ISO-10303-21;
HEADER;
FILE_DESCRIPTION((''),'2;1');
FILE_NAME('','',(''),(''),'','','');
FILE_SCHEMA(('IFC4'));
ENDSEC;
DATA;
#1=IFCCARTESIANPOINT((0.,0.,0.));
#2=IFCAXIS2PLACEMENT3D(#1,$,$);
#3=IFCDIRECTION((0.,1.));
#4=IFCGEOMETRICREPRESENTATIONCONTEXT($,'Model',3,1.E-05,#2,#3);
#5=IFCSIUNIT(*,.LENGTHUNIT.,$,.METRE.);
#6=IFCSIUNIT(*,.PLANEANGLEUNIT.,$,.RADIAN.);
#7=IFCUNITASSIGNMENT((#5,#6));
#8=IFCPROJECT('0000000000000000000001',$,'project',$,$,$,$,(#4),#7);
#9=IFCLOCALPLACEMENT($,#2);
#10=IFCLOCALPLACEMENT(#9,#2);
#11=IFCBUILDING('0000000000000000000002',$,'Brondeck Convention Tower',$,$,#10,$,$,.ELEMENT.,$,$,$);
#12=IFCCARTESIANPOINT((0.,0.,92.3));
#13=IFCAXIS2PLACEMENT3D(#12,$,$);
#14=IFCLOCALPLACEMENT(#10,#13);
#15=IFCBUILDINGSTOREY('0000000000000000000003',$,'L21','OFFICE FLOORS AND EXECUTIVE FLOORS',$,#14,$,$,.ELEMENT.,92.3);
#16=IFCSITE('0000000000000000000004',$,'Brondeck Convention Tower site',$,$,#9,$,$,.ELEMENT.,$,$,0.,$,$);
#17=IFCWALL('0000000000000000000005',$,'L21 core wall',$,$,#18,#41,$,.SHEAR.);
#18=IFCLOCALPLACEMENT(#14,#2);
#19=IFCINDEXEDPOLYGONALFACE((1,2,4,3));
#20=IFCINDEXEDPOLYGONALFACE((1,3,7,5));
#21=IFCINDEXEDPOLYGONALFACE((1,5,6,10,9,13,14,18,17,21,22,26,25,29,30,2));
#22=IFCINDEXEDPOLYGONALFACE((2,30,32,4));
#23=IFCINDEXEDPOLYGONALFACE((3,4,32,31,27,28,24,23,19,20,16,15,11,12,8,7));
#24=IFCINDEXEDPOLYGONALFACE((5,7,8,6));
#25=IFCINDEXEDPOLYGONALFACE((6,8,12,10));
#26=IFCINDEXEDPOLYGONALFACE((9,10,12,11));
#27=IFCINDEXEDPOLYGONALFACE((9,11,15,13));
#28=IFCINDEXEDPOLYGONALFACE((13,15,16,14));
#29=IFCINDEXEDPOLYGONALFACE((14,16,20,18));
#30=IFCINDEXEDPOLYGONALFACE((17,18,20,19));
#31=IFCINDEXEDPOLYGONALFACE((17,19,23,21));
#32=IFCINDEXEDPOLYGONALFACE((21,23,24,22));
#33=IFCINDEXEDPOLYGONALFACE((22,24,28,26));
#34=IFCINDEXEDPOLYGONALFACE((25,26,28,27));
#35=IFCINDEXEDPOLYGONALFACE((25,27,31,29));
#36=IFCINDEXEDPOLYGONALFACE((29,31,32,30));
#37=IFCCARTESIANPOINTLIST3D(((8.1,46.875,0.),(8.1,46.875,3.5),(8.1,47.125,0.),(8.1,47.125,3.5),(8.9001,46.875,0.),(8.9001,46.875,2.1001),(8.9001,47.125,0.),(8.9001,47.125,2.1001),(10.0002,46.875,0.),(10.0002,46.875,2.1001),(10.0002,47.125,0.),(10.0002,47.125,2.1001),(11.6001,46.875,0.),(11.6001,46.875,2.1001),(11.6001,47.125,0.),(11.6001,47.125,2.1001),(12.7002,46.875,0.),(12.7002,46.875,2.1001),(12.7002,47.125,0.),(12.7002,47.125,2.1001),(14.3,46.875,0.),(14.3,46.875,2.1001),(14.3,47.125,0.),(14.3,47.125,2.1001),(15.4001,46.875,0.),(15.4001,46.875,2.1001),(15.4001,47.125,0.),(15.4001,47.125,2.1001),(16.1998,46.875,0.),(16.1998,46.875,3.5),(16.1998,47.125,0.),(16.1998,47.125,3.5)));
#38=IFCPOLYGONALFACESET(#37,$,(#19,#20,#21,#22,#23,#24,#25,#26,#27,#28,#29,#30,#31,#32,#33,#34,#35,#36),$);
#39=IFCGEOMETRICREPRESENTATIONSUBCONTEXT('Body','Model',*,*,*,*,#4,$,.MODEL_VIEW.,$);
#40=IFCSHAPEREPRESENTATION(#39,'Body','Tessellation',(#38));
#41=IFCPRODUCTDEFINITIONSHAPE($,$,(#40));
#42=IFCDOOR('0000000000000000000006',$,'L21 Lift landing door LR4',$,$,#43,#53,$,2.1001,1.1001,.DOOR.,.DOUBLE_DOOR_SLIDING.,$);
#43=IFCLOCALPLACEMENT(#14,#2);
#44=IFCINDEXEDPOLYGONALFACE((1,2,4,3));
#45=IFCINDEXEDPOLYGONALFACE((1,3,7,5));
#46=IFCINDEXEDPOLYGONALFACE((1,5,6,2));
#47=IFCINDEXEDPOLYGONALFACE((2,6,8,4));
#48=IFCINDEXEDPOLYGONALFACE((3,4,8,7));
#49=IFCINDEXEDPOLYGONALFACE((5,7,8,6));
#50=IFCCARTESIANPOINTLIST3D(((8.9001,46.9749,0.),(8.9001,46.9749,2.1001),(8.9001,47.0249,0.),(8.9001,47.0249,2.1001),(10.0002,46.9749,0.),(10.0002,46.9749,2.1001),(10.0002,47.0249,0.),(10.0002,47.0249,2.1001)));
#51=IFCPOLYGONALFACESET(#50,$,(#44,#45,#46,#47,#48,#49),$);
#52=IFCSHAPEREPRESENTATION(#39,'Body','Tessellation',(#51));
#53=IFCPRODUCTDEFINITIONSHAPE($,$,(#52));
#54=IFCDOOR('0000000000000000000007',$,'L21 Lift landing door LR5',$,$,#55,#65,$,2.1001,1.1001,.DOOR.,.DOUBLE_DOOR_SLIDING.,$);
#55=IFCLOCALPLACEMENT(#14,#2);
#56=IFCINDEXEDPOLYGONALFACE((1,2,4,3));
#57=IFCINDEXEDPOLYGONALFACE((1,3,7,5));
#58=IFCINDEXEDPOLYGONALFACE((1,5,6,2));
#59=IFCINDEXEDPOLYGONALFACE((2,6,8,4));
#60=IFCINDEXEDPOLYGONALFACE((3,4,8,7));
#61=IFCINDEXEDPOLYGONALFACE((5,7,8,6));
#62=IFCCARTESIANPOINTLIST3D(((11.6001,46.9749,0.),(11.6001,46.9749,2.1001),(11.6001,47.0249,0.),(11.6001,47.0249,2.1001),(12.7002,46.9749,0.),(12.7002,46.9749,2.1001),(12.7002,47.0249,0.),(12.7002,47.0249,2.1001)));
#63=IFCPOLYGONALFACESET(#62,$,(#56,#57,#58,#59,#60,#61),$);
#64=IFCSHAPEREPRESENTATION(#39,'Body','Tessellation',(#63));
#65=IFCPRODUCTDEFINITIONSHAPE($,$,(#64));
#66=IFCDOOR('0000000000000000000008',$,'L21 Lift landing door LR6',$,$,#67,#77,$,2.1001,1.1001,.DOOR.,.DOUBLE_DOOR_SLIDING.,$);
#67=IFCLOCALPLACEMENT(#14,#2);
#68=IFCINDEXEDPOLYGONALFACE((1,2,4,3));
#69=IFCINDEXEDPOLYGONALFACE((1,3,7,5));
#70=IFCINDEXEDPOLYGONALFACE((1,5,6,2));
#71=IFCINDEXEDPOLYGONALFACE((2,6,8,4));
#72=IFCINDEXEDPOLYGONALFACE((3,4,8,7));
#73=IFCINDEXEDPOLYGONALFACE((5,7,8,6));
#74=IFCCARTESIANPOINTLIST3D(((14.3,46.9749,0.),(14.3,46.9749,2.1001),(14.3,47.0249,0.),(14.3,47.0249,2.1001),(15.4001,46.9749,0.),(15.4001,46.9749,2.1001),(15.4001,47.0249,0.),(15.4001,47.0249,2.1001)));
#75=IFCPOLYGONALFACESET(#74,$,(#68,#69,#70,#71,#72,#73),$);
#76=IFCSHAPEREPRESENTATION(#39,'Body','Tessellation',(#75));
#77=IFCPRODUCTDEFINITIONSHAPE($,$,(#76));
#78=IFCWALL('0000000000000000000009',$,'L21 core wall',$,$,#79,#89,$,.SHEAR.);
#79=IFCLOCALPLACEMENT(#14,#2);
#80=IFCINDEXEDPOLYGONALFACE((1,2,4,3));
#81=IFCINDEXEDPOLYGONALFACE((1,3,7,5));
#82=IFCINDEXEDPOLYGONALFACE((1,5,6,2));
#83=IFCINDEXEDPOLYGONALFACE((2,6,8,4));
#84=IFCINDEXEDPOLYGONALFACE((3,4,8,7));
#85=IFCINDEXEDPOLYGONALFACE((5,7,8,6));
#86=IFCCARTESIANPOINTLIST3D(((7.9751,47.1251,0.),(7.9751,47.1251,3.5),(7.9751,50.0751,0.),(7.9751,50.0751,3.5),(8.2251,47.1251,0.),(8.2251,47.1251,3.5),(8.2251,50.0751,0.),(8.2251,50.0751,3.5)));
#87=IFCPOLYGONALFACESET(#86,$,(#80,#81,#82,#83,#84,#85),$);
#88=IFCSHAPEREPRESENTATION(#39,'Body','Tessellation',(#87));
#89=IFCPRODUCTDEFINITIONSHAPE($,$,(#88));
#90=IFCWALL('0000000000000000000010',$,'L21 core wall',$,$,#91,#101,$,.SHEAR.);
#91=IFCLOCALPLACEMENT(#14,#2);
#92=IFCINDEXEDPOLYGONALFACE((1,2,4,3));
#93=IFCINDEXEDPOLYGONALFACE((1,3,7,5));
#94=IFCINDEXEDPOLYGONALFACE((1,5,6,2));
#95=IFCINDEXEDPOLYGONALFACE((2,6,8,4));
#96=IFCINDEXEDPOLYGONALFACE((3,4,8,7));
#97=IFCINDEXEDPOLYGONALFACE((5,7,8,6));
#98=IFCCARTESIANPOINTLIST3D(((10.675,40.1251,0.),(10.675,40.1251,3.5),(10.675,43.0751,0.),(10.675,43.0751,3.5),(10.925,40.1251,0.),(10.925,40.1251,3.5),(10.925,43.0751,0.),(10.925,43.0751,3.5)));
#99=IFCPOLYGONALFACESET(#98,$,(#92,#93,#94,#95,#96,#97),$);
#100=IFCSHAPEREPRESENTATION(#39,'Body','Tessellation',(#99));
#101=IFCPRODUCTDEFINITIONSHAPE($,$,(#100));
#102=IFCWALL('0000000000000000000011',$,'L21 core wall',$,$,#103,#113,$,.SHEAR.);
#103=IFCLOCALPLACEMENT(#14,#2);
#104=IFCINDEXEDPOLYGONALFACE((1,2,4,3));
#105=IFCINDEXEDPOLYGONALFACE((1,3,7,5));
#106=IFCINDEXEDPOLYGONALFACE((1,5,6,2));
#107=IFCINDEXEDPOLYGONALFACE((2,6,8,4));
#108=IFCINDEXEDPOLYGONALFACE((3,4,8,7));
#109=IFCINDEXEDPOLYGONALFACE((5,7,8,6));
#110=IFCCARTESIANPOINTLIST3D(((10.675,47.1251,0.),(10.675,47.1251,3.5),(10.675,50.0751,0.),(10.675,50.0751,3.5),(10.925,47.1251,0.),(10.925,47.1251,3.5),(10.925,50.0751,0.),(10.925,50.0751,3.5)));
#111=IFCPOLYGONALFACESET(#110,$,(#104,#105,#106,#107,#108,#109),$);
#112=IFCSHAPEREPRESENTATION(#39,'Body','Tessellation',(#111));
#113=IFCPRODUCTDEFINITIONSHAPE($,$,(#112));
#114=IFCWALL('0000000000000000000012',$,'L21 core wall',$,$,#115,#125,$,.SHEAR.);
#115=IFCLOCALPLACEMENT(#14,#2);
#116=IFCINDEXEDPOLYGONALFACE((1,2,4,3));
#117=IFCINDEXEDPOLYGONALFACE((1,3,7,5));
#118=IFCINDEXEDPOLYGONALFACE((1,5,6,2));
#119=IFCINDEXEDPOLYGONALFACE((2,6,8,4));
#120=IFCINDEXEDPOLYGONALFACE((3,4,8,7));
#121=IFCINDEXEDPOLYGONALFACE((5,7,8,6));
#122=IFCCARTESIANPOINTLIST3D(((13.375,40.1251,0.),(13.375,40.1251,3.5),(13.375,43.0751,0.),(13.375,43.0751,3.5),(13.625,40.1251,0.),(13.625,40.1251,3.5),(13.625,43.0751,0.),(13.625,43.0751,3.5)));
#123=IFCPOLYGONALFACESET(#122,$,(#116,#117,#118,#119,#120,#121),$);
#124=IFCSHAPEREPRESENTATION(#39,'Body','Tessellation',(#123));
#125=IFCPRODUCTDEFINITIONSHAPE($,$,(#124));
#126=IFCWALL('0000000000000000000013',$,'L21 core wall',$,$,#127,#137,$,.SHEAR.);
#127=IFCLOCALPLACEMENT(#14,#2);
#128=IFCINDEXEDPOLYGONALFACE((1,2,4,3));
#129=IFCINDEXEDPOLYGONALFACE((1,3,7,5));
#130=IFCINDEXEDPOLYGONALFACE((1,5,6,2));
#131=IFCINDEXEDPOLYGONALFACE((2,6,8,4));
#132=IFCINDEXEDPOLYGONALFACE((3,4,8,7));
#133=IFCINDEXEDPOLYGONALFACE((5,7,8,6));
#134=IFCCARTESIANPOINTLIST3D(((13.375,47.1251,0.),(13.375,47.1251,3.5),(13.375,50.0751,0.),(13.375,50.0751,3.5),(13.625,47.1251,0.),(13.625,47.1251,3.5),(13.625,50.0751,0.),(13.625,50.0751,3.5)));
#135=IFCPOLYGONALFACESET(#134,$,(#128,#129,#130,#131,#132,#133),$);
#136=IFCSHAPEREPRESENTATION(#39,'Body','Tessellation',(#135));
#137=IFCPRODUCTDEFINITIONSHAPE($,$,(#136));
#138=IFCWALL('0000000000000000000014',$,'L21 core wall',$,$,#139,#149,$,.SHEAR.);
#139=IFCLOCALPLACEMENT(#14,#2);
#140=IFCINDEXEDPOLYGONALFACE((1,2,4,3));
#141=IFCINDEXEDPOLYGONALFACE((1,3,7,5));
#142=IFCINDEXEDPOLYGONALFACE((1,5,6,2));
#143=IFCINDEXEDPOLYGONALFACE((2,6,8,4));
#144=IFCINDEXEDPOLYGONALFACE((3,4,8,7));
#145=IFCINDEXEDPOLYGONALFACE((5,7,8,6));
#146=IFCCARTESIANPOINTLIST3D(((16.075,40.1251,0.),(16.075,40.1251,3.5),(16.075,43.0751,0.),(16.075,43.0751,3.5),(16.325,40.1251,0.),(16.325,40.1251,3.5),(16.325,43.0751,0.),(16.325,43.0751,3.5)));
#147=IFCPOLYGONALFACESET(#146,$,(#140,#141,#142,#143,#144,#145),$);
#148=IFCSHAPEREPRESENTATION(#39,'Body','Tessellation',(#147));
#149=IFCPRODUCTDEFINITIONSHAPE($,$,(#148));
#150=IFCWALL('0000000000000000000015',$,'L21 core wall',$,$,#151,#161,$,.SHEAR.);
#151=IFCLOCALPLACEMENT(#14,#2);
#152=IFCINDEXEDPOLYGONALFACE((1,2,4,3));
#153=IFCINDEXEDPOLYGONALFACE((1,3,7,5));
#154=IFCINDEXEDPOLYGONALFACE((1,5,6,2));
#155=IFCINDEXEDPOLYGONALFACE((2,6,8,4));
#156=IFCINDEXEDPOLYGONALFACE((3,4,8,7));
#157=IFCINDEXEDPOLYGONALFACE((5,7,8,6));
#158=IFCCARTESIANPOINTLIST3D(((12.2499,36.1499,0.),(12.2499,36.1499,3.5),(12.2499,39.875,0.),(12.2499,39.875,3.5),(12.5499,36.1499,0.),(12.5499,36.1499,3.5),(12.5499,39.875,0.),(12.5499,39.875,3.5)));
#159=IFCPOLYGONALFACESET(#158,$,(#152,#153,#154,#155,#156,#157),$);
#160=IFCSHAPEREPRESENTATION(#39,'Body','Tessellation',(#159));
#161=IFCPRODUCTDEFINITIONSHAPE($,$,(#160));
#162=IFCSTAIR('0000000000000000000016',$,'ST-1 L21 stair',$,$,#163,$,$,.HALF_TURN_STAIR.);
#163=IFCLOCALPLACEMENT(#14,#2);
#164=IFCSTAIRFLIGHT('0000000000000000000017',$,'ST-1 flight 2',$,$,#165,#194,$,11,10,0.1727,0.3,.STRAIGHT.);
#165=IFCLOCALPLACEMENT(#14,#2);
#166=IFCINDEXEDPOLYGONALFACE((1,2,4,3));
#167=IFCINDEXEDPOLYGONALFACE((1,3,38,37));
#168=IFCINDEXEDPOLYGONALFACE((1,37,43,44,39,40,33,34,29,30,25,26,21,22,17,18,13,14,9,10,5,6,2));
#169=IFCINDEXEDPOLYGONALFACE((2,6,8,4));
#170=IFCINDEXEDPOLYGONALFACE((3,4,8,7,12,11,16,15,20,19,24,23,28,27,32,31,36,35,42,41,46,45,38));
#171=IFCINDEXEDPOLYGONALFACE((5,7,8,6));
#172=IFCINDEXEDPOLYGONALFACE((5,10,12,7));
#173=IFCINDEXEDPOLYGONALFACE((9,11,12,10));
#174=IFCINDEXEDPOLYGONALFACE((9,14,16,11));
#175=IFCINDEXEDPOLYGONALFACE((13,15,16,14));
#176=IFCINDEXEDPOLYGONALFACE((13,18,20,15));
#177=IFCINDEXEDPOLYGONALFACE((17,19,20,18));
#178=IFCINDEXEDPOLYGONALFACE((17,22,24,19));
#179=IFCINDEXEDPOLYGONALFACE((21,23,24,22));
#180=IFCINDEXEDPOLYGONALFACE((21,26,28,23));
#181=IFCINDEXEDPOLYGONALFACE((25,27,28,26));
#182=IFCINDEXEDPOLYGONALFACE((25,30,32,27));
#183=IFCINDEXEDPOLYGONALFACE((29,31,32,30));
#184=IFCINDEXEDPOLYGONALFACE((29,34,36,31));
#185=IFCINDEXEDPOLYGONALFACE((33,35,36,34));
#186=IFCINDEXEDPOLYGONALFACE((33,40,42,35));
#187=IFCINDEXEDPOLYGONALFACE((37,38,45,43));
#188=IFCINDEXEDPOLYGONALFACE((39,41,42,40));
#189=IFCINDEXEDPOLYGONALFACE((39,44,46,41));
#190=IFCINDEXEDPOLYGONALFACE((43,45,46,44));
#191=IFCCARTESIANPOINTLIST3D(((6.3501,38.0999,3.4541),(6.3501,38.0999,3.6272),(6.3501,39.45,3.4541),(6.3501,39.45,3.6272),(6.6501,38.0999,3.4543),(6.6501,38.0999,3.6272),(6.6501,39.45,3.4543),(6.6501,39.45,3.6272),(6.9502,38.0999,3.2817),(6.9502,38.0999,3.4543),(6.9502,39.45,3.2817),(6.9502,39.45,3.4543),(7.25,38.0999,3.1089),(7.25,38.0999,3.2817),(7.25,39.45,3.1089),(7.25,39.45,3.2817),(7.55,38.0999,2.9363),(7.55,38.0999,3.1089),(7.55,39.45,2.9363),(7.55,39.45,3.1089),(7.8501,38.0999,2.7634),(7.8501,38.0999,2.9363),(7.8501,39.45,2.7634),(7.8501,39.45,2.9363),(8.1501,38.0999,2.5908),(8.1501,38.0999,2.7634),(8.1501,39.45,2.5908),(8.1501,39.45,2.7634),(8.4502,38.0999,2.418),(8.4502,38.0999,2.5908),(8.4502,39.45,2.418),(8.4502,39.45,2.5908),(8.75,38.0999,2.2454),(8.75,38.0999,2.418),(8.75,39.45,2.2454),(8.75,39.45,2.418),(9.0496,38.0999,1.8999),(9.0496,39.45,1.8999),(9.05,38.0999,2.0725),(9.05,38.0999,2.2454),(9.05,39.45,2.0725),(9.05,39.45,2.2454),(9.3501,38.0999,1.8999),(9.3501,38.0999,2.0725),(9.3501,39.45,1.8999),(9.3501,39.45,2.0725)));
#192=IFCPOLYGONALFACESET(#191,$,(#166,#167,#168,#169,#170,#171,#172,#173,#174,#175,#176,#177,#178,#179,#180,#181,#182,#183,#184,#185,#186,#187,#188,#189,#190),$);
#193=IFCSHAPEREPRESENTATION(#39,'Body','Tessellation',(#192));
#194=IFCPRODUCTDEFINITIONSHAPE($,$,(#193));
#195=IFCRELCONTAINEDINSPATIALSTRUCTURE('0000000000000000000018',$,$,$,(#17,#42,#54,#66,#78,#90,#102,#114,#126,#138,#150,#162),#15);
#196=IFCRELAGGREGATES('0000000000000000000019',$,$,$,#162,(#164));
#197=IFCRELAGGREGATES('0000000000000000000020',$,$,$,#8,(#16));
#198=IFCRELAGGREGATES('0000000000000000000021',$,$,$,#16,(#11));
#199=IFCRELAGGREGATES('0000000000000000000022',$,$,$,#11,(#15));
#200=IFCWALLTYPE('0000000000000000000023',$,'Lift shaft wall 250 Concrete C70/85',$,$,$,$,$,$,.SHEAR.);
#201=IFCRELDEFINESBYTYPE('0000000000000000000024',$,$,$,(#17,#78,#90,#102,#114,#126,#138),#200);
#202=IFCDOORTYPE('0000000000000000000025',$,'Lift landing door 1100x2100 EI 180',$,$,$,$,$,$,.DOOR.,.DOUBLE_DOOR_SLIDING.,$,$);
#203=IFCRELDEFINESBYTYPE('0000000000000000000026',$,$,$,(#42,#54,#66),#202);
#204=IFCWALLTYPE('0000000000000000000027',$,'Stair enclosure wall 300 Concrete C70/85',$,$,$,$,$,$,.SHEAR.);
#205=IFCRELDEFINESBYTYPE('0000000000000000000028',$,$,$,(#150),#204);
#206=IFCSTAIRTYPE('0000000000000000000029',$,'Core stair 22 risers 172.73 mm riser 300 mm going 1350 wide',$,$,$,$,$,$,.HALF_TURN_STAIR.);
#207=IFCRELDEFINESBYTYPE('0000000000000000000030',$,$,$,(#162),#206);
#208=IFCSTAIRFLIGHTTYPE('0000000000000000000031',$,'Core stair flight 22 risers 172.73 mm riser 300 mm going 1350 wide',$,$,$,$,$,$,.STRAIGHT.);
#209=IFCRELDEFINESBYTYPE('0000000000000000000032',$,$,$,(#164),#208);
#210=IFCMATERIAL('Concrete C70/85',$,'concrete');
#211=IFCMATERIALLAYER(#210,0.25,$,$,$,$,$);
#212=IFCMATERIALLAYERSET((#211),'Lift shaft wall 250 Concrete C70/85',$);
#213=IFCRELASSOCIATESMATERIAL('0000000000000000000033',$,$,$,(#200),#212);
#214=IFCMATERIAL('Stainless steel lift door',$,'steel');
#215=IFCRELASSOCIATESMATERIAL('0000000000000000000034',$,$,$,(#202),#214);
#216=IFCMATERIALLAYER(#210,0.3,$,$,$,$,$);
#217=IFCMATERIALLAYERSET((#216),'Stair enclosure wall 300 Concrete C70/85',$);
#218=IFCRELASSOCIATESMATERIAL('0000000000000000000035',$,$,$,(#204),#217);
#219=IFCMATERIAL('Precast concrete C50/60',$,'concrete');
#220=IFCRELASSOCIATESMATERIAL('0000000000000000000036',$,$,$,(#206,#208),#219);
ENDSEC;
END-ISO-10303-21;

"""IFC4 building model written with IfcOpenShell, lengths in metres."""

from ifc_helpers import new_model, si_unit, direction, frame, frame_2d, origin, place, context, subcontext, project, spatial, polyline, rectangle, outline, extrude, material, layer, layer_set, type_object, element, fill, aggregate, save


model = new_model("IFC4")

# Units and contexts
model_context = context("Model", 3, precision=1e-05, world=origin(), true_north=direction((0.0, 1.0)))
body_context = subcontext(model_context, "Body", "Model", "MODEL_VIEW")
ifc_project = project(units=[si_unit("LENGTHUNIT", "METRE"), si_unit("PLANEANGLEUNIT", "RADIAN")], contexts=[model_context])

# Site, building, storey
site_placement = place(None, origin())
site = spatial("IfcSite", under=ifc_project, at=site_placement, Name="Brondeck Convention Tower site", CompositionType="ELEMENT", RefElevation=0.0)
building_placement = place(site_placement, origin())
building = spatial("IfcBuilding", under=site, at=building_placement, Name="Brondeck Convention Tower", CompositionType="ELEMENT")
storey_placement = place(building_placement, frame((0.0, 0.0, 92.3)))
storey = spatial("IfcBuildingStorey", under=building, at=storey_placement, Name="L21", Description="OFFICE FLOORS AND EXECUTIVE FLOORS", CompositionType="ELEMENT", Elevation=92.3)

# Shared definitions
ifc_material_1 = material(Name="Concrete C70/85", Category="concrete")

# Wall, openings, doors
ifc_layer_1 = layer(ifc_material_1, 0.25)
ifc_layer_set_1 = layer_set([ifc_layer_1], Name="Lift shaft wall 250 Concrete C70/85")
wall_type_1 = type_object("IfcWallType", Name="Lift shaft wall 250 Concrete C70/85", PredefinedType="SHEAR", material=ifc_layer_set_1)
wall_1_placement = place(storey_placement, frame((8.1001, 47.0, 0.0), z_axis=(0.0, 0.0, 1.0), x_axis=(1.0, 0.0, 0.0)))
wall_1 = element("IfcWall", 1, at=wall_1_placement, inside=storey, type_object=wall_type_1, Name="L21 core wall", PredefinedType="SHEAR", context=body_context, shape_type="SweptSolid", body=[
    extrude(rectangle(XDim=8.0999, YDim=0.25, at=frame_2d((4.0498, 0.0))), origin(), (0.0, 0.0, 1.0), 3.5),
])
opening_1_placement = place(wall_1_placement, frame((0.8, 0.0, 0.0)))
opening_1 = element("IfcOpeningElement", 2, at=opening_1_placement, cuts=wall_1, PredefinedType="OPENING", context=body_context, shape_type="SweptSolid", body=[
    extrude(rectangle(XDim=1.1001, YDim=2.1001, at=frame_2d((0.55, 1.05))), frame((0.0, 0.135, 0.0), z_axis=(0.0, -1.0, 0.0), x_axis=(1.0, 0.0, 0.0)), (0.0, 0.0, 1.0), 0.27),
])
opening_2_placement = place(wall_1_placement, frame((3.5, 0.0, 0.0)))
opening_2 = element("IfcOpeningElement", 3, at=opening_2_placement, cuts=wall_1, PredefinedType="OPENING", context=body_context, shape_type="SweptSolid", body=[
    extrude(rectangle(XDim=1.1001, YDim=2.1001, at=frame_2d((0.55, 1.05))), frame((0.0, 0.135, 0.0), z_axis=(0.0, -1.0, 0.0), x_axis=(1.0, 0.0, 0.0)), (0.0, 0.0, 1.0), 0.27),
])
opening_3_placement = place(wall_1_placement, frame((6.2, 0.0, 0.0)))
opening_3 = element("IfcOpeningElement", 4, at=opening_3_placement, cuts=wall_1, PredefinedType="OPENING", context=body_context, shape_type="SweptSolid", body=[
    extrude(rectangle(XDim=1.1001, YDim=2.1001, at=frame_2d((0.55, 1.05))), frame((0.0, 0.135, 0.0), z_axis=(0.0, -1.0, 0.0), x_axis=(1.0, 0.0, 0.0)), (0.0, 0.0, 1.0), 0.27),
])
ifc_material_2 = material(Name="Stainless steel lift door", Category="steel")
door_type_1 = type_object("IfcDoorType", Name="Lift landing door 1100x2100 EI 180", OperationType="DOUBLE_DOOR_SLIDING", PredefinedType="DOOR", material=ifc_material_2)
door_1_placement = place(opening_1_placement, origin())
door_1 = element("IfcDoor", 5, at=door_1_placement, inside=storey, type_object=door_type_1, Name="L21 Lift landing door LR4", OperationType="DOUBLE_DOOR_SLIDING", OverallHeight=2.1001, OverallWidth=1.1001, PredefinedType="DOOR", context=body_context, shape_type="SweptSolid", body=[
    extrude(rectangle(XDim=1.1001, YDim=2.1001, at=frame_2d((0.55, 1.05))), frame((0.0, 0.0249, 0.0), z_axis=(0.0, -1.0, 0.0), x_axis=(1.0, 0.0, 0.0)), (0.0, 0.0, 1.0), 0.05),
])
fill(opening_1, door_1)
door_2_placement = place(opening_2_placement, origin())
door_2 = element("IfcDoor", 6, at=door_2_placement, inside=storey, type_object=door_type_1, Name="L21 Lift landing door LR5", OperationType="DOUBLE_DOOR_SLIDING", OverallHeight=2.1001, OverallWidth=1.1001, PredefinedType="DOOR", context=body_context, shape_type="SweptSolid", body=[
    extrude(rectangle(XDim=1.1001, YDim=2.1001, at=frame_2d((0.55, 1.05))), frame((0.0, 0.0249, 0.0), z_axis=(0.0, -1.0, 0.0), x_axis=(1.0, 0.0, 0.0)), (0.0, 0.0, 1.0), 0.05),
])
fill(opening_2, door_2)
door_3_placement = place(opening_3_placement, origin())
door_3 = element("IfcDoor", 7, at=door_3_placement, inside=storey, type_object=door_type_1, Name="L21 Lift landing door LR6", OperationType="DOUBLE_DOOR_SLIDING", OverallHeight=2.1001, OverallWidth=1.1001, PredefinedType="DOOR", context=body_context, shape_type="SweptSolid", body=[
    extrude(rectangle(XDim=1.1001, YDim=2.1001, at=frame_2d((0.55, 1.05))), frame((0.0, 0.0249, 0.0), z_axis=(0.0, -1.0, 0.0), x_axis=(1.0, 0.0, 0.0)), (0.0, 0.0, 1.0), 0.05),
])
fill(opening_3, door_3)

# Walls
for number, where, z_axis, x_axis, name in (
    (8, (8.1001, 47.125, 0.0), (0.0, 0.0, 1.0), (0.0, 1.0, 0.0), "L21 core wall"),
    (9, (10.8, 40.125, 0.0), (0.0, 0.0, 1.0), (0.0, 1.0, 0.0), "L21 core wall"),
    (10, (10.8, 47.125, 0.0), (0.0, 0.0, 1.0), (0.0, 1.0, 0.0), "L21 core wall"),
    (11, (13.5, 40.125, 0.0), (0.0, 0.0, 1.0), (0.0, 1.0, 0.0), "L21 core wall"),
    (12, (13.5, 47.125, 0.0), (0.0, 0.0, 1.0), (0.0, 1.0, 0.0), "L21 core wall"),
    (13, (16.2, 40.125, 0.0), (0.0, 0.0, 1.0), (0.0, 1.0, 0.0), "L21 core wall"),
):
    element("IfcWall", number, at=place(storey_placement, frame(where, z_axis=z_axis, x_axis=x_axis)), inside=storey, type_object=wall_type_1, Name=name, PredefinedType="SHEAR", context=body_context, shape_type="SweptSolid", body=[
        extrude(rectangle(XDim=2.95, YDim=0.25, at=frame_2d((1.4751, 0.0))), origin(), (0.0, 0.0, 1.0), 3.5),
    ])
ifc_layer_2 = layer(ifc_material_1, 0.3)
ifc_layer_set_2 = layer_set([ifc_layer_2], Name="Stair enclosure wall 300 Concrete C70/85")
wall_type_2 = type_object("IfcWallType", Name="Stair enclosure wall 300 Concrete C70/85", PredefinedType="SHEAR", material=ifc_layer_set_2)
wall_2_placement = place(storey_placement, frame((12.3999, 36.1499, 0.0), z_axis=(0.0, 0.0, 1.0), x_axis=(0.0, 1.0, 0.0)))
element("IfcWall", 14, at=wall_2_placement, inside=storey, type_object=wall_type_2, Name="L21 core wall", PredefinedType="SHEAR", context=body_context, shape_type="SweptSolid", body=[
    extrude(rectangle(XDim=3.7251, YDim=0.3, at=frame_2d((1.8625, 0.0))), origin(), (0.0, 0.0, 1.0), 3.5),
])

# Stair, stair flight
ifc_material_3 = material(Name="Precast concrete C50/60", Category="concrete")
stair_type = type_object("IfcStairType", Name="Core stair 22 risers 172.73 mm riser 300 mm going 1350 wide", PredefinedType="HALF_TURN_STAIR", material=ifc_material_3)
stair_placement = place(storey_placement, origin())
stair = element("IfcStair", 15, at=stair_placement, inside=storey, type_object=stair_type, Name="ST-1 L21 stair", PredefinedType="HALF_TURN_STAIR")
stair_flight_type = type_object("IfcStairFlightType", Name="Core stair flight 22 risers 172.73 mm riser 300 mm going 1350 wide", PredefinedType="STRAIGHT", material=ifc_material_3)
stair_flight_placement = place(storey_placement, frame((9.3501, 38.7749, 1.8999), z_axis=(0.0, 0.0, 1.0), x_axis=(-1.0, 0.0, 0.0)))
stair_flight = element("IfcStairFlight", 16, at=stair_flight_placement, type_object=stair_flight_type, Name="ST-1 flight 2", NumberOfRisers=11, NumberOfTreads=10, PredefinedType="STRAIGHT", RiserHeight=0.1727, TreadLength=0.3, context=body_context, shape_type="SweptSolid", body=[
    extrude(outline(polyline([(0.0, 0.0), (0.0, 0.1726), (0.3, 0.1726), (0.3, 0.3455), (0.6001, 0.3455), (0.6001, 0.5181), (0.8999, 0.5181), (0.8999, 0.6909), (1.2, 0.6909), (1.2, 0.8635), (1.5, 0.8635), (1.5, 1.0364), (1.8, 1.0364), (1.8, 1.209), (2.1001, 1.209), (2.1001, 1.3818), (2.3999, 1.3818), (2.3999, 1.5544), (2.7, 1.5544), (2.7, 1.7273), (3.0, 1.7273), (3.0, 1.8999), (3.0, 1.5542), (0.3005, 0.0), (0.0, 0.0)])), frame((0.0, 0.675, 0.0), z_axis=(0.0, -1.0, 0.0), x_axis=(1.0, 0.0, 0.0)), (0.0, 0.0, 1.0), 1.3501),
])
aggregate(stair, [stair_flight])

save(model, "model.ifc")
